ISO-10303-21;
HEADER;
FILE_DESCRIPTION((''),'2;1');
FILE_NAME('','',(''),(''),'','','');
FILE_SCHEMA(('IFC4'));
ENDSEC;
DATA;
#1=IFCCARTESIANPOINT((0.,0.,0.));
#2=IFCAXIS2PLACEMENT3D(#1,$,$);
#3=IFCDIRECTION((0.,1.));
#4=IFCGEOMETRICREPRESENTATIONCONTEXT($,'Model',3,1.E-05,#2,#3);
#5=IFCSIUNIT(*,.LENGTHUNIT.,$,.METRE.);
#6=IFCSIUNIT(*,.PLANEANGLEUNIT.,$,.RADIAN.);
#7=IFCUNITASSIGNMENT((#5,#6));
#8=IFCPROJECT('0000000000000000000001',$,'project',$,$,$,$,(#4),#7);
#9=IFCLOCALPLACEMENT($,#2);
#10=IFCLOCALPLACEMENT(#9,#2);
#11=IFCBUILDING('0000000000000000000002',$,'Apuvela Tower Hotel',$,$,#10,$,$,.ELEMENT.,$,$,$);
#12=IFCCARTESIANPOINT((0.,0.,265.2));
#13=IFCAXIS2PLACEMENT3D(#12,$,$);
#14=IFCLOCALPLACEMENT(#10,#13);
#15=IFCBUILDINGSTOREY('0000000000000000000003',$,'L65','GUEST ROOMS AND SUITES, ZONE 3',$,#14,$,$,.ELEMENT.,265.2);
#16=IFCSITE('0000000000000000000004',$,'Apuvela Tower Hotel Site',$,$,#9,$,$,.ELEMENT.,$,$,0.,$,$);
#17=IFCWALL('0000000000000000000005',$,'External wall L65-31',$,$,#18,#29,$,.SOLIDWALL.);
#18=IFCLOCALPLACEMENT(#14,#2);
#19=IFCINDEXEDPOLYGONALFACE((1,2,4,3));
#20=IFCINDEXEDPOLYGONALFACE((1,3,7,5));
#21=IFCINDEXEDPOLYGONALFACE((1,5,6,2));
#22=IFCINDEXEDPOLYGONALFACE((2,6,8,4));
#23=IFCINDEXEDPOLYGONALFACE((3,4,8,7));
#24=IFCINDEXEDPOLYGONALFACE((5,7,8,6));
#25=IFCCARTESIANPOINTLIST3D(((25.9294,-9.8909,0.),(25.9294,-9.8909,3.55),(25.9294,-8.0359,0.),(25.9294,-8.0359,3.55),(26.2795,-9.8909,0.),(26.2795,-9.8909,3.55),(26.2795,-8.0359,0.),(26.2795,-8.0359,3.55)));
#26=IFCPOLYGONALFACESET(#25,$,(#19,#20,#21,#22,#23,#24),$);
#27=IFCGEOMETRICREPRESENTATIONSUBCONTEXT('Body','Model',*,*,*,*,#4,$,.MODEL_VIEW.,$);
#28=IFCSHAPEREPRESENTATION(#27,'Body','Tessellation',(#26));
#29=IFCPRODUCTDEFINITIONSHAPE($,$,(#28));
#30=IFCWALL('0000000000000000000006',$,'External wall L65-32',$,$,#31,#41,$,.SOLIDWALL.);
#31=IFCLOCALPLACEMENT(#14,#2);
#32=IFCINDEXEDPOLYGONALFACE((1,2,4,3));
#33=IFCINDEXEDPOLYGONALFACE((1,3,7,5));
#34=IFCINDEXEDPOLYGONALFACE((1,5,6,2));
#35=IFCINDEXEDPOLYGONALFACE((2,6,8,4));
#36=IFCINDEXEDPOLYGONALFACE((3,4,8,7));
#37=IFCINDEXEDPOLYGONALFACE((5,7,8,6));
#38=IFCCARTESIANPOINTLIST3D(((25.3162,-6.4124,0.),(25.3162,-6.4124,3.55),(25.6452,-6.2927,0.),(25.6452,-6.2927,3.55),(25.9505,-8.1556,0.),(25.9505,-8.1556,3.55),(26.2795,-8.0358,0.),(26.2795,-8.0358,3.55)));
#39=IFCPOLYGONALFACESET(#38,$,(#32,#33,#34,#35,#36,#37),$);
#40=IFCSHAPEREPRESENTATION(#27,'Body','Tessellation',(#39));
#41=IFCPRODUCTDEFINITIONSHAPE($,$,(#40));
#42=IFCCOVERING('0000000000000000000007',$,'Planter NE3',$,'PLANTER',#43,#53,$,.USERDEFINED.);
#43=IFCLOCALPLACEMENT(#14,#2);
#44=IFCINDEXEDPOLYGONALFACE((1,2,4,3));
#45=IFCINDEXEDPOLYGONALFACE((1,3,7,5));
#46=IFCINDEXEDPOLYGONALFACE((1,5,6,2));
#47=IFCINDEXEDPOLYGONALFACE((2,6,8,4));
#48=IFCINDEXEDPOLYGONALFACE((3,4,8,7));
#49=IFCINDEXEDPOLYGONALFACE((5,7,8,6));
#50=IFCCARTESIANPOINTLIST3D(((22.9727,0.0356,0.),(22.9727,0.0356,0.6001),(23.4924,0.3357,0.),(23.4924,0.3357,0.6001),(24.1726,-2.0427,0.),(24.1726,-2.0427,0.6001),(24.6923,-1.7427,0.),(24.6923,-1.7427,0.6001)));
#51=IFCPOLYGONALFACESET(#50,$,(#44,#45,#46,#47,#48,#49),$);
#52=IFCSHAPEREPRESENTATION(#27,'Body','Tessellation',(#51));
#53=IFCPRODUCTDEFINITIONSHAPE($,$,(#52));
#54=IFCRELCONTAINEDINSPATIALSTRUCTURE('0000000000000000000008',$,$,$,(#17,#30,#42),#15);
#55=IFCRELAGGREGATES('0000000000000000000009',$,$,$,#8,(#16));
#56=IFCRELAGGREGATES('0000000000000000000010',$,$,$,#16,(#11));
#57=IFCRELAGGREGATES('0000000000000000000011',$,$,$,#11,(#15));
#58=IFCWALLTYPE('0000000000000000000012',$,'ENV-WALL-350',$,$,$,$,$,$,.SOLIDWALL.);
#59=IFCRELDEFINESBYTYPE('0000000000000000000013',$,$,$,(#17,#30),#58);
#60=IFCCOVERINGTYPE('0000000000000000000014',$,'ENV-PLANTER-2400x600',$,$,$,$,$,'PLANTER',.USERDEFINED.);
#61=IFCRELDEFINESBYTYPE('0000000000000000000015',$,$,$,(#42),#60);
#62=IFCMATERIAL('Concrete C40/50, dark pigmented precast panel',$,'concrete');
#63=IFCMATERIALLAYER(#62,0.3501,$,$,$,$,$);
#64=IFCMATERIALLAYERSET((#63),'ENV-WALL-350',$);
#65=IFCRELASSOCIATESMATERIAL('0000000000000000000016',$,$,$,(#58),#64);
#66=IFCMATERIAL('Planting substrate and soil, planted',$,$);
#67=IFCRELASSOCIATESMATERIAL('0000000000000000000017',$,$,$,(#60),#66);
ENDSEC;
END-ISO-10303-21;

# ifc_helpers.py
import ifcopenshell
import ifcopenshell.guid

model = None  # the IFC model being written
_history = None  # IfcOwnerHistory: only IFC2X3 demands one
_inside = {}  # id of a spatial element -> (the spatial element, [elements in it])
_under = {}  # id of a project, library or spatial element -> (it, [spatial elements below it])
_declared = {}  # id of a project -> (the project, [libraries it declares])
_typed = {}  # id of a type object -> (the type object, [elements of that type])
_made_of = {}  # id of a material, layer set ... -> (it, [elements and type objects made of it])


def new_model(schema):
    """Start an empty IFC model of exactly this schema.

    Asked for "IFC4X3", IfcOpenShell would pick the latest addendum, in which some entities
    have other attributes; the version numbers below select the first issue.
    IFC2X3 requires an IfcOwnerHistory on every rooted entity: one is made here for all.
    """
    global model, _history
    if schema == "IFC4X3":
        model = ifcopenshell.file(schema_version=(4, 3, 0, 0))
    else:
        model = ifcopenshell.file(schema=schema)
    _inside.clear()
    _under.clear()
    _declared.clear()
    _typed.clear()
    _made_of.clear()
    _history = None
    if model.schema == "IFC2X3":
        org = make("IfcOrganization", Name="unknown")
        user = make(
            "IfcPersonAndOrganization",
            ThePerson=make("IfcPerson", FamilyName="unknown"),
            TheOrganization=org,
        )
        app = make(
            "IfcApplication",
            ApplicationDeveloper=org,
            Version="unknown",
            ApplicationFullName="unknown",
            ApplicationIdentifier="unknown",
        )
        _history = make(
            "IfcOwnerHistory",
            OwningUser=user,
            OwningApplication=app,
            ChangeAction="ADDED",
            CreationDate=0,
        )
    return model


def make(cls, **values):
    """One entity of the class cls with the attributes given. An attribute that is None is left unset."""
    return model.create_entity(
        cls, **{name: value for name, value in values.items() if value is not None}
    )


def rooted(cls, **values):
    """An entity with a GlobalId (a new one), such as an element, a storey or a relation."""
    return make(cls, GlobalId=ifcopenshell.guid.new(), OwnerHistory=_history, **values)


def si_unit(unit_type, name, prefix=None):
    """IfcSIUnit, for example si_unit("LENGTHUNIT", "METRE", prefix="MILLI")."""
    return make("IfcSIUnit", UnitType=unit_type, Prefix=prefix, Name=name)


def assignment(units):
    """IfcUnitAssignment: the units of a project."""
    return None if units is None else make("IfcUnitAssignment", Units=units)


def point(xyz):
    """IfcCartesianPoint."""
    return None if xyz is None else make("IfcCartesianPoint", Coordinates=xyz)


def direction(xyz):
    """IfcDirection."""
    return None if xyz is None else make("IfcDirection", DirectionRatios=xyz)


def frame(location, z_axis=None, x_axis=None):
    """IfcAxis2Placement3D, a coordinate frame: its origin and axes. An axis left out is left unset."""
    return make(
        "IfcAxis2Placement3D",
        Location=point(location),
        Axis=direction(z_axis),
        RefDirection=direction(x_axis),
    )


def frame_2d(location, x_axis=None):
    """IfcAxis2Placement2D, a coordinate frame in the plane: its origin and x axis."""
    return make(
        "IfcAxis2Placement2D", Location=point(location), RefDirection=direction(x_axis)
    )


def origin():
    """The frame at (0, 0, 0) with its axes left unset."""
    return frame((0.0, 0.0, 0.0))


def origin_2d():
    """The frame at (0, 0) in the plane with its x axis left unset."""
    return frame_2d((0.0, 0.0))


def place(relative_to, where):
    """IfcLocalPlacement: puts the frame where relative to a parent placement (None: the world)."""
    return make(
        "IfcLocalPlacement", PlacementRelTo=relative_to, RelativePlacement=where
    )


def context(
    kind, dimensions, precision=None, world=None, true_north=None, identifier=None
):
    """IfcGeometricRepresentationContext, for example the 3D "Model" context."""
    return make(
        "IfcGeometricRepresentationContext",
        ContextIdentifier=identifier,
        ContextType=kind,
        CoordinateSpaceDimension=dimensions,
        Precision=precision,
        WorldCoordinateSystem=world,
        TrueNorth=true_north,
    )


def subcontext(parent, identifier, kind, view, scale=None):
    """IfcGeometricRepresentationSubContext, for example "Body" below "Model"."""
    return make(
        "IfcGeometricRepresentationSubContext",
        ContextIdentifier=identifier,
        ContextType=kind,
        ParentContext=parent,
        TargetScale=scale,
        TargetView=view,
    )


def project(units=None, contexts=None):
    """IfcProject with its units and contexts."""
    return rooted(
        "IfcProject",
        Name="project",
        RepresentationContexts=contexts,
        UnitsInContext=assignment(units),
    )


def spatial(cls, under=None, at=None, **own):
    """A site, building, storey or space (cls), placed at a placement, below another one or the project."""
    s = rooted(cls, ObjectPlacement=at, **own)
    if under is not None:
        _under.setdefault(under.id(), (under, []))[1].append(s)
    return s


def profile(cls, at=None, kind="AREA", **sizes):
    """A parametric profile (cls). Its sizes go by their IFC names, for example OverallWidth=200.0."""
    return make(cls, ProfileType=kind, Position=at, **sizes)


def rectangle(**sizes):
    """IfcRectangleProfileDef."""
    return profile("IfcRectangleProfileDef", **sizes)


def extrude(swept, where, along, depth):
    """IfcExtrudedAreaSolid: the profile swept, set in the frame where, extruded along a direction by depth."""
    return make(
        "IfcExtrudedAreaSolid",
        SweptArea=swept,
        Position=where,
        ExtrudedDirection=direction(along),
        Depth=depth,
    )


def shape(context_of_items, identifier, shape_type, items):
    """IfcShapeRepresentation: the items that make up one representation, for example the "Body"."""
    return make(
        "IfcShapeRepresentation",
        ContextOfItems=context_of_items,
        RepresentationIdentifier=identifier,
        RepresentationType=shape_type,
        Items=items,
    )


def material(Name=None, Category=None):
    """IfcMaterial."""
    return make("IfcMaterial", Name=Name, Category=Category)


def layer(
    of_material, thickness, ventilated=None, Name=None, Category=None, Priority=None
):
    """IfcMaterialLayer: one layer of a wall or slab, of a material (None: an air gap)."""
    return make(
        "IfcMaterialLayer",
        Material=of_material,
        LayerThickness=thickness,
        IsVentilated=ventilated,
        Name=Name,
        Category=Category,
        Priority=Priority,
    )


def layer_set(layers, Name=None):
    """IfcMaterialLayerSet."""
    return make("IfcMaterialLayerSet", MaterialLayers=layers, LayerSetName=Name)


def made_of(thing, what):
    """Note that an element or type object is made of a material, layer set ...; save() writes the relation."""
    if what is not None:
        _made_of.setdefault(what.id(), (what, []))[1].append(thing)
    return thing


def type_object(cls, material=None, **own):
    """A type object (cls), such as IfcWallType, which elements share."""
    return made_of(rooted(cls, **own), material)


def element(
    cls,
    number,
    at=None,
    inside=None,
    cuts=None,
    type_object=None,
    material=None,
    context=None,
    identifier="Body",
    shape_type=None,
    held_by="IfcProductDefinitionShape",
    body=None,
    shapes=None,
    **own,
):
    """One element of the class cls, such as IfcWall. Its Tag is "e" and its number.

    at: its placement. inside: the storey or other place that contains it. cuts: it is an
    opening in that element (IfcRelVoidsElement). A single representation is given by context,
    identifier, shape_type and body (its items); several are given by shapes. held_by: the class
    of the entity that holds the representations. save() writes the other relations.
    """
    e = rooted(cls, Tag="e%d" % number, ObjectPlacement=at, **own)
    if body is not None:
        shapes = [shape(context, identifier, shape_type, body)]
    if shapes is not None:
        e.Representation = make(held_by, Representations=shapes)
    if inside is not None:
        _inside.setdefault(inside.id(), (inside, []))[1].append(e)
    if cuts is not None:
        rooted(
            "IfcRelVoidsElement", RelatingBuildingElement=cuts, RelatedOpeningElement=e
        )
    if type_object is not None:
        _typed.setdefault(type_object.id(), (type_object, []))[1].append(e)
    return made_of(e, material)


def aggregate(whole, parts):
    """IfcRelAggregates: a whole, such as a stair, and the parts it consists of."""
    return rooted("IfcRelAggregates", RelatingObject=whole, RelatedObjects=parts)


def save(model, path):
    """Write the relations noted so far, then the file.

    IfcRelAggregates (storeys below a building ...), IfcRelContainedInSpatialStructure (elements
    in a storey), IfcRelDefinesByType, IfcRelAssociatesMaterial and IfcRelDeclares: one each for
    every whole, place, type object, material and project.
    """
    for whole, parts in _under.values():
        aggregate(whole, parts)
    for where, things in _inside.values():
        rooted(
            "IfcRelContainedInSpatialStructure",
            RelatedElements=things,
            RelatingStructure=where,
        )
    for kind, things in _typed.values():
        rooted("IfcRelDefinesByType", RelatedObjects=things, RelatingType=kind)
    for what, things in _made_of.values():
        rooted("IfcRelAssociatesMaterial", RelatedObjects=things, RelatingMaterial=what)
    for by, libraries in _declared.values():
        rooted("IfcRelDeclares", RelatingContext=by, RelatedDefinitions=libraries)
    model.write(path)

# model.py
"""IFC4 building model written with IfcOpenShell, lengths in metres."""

from ifc_helpers import new_model, si_unit, direction, frame, frame_2d, origin, origin_2d, place, context, subcontext, project, spatial, rectangle, extrude, material, layer, layer_set, type_object, element, save


model = new_model("IFC4")

# Units and contexts
model_context = context("Model", 3, precision=1e-05, world=origin(), true_north=direction((0.0, 1.0)))
body_context = subcontext(model_context, "Body", "Model", "MODEL_VIEW")
ifc_project = project(units=[si_unit("LENGTHUNIT", "METRE"), si_unit("PLANEANGLEUNIT", "RADIAN")], contexts=[model_context])

# Site, building, storey
site_placement = place(None, origin())
site = spatial("IfcSite", under=ifc_project, at=site_placement, Name="Apuvela Tower Hotel Site", CompositionType="ELEMENT", RefElevation=0.0)
building_placement = place(site_placement, origin())
building = spatial("IfcBuilding", under=site, at=building_placement, Name="Apuvela Tower Hotel", CompositionType="ELEMENT")
storey_placement = place(building_placement, frame((0.0, 0.0, 265.2)))
storey = spatial("IfcBuildingStorey", under=building, at=storey_placement, Name="L65", Description="GUEST ROOMS AND SUITES, ZONE 3", CompositionType="ELEMENT", Elevation=265.2)

# Walls
ifc_material_1 = material(Name="Concrete C40/50, dark pigmented precast panel", Category="concrete")
ifc_layer_1 = layer(ifc_material_1, 0.3501)
ifc_layer_set_1 = layer_set([ifc_layer_1], Name="ENV-WALL-350")
wall_type_1 = type_object("IfcWallType", Name="ENV-WALL-350", PredefinedType="SOLIDWALL", material=ifc_layer_set_1)
for number, where, z_axis, x_axis, name in (
    (1, (26.1045, -9.8909, 0.0), (0.0, 0.0, 1.0), (0.0, 1.0, 0.0), "External wall L65-31"),
    (2, (26.115, -8.0957, 0.0), (0.0, 0.0, 1.0), (-0.341933, 0.939724, 0.0), "External wall L65-32"),
):
    element("IfcWall", number, at=place(storey_placement, frame(where, z_axis=z_axis, x_axis=x_axis)), inside=storey, type_object=wall_type_1, Name=name, PredefinedType="SOLIDWALL", context=body_context, shape_type="SweptSolid", body=[
        extrude(rectangle(XDim=1.855, YDim=0.3501, at=frame_2d((0.9275, 0.0))), origin(), (0.0, 0.0, 1.0), 3.55),
    ])

# Covering
ifc_material_2 = material(Name="Planting substrate and soil, planted")
covering_type = type_object("IfcCoveringType", Name="ENV-PLANTER-2400x600", ElementType="PLANTER", PredefinedType="USERDEFINED", material=ifc_material_2)
covering_placement = place(storey_placement, frame((23.8325, -0.8535, 0.0), z_axis=(0.0, 0.0, 1.0), x_axis=(-0.5, 0.866025, 0.0)))
element("IfcCovering", 3, at=covering_placement, inside=storey, type_object=covering_type, Name="Planter NE3", ObjectType="PLANTER", PredefinedType="USERDEFINED", context=body_context, shape_type="SweptSolid", body=[
    extrude(rectangle(XDim=2.3999, YDim=0.6001, at=origin_2d()), origin(), (0.0, 0.0, 1.0), 0.6001),
])

save(model, "model.ifc")
